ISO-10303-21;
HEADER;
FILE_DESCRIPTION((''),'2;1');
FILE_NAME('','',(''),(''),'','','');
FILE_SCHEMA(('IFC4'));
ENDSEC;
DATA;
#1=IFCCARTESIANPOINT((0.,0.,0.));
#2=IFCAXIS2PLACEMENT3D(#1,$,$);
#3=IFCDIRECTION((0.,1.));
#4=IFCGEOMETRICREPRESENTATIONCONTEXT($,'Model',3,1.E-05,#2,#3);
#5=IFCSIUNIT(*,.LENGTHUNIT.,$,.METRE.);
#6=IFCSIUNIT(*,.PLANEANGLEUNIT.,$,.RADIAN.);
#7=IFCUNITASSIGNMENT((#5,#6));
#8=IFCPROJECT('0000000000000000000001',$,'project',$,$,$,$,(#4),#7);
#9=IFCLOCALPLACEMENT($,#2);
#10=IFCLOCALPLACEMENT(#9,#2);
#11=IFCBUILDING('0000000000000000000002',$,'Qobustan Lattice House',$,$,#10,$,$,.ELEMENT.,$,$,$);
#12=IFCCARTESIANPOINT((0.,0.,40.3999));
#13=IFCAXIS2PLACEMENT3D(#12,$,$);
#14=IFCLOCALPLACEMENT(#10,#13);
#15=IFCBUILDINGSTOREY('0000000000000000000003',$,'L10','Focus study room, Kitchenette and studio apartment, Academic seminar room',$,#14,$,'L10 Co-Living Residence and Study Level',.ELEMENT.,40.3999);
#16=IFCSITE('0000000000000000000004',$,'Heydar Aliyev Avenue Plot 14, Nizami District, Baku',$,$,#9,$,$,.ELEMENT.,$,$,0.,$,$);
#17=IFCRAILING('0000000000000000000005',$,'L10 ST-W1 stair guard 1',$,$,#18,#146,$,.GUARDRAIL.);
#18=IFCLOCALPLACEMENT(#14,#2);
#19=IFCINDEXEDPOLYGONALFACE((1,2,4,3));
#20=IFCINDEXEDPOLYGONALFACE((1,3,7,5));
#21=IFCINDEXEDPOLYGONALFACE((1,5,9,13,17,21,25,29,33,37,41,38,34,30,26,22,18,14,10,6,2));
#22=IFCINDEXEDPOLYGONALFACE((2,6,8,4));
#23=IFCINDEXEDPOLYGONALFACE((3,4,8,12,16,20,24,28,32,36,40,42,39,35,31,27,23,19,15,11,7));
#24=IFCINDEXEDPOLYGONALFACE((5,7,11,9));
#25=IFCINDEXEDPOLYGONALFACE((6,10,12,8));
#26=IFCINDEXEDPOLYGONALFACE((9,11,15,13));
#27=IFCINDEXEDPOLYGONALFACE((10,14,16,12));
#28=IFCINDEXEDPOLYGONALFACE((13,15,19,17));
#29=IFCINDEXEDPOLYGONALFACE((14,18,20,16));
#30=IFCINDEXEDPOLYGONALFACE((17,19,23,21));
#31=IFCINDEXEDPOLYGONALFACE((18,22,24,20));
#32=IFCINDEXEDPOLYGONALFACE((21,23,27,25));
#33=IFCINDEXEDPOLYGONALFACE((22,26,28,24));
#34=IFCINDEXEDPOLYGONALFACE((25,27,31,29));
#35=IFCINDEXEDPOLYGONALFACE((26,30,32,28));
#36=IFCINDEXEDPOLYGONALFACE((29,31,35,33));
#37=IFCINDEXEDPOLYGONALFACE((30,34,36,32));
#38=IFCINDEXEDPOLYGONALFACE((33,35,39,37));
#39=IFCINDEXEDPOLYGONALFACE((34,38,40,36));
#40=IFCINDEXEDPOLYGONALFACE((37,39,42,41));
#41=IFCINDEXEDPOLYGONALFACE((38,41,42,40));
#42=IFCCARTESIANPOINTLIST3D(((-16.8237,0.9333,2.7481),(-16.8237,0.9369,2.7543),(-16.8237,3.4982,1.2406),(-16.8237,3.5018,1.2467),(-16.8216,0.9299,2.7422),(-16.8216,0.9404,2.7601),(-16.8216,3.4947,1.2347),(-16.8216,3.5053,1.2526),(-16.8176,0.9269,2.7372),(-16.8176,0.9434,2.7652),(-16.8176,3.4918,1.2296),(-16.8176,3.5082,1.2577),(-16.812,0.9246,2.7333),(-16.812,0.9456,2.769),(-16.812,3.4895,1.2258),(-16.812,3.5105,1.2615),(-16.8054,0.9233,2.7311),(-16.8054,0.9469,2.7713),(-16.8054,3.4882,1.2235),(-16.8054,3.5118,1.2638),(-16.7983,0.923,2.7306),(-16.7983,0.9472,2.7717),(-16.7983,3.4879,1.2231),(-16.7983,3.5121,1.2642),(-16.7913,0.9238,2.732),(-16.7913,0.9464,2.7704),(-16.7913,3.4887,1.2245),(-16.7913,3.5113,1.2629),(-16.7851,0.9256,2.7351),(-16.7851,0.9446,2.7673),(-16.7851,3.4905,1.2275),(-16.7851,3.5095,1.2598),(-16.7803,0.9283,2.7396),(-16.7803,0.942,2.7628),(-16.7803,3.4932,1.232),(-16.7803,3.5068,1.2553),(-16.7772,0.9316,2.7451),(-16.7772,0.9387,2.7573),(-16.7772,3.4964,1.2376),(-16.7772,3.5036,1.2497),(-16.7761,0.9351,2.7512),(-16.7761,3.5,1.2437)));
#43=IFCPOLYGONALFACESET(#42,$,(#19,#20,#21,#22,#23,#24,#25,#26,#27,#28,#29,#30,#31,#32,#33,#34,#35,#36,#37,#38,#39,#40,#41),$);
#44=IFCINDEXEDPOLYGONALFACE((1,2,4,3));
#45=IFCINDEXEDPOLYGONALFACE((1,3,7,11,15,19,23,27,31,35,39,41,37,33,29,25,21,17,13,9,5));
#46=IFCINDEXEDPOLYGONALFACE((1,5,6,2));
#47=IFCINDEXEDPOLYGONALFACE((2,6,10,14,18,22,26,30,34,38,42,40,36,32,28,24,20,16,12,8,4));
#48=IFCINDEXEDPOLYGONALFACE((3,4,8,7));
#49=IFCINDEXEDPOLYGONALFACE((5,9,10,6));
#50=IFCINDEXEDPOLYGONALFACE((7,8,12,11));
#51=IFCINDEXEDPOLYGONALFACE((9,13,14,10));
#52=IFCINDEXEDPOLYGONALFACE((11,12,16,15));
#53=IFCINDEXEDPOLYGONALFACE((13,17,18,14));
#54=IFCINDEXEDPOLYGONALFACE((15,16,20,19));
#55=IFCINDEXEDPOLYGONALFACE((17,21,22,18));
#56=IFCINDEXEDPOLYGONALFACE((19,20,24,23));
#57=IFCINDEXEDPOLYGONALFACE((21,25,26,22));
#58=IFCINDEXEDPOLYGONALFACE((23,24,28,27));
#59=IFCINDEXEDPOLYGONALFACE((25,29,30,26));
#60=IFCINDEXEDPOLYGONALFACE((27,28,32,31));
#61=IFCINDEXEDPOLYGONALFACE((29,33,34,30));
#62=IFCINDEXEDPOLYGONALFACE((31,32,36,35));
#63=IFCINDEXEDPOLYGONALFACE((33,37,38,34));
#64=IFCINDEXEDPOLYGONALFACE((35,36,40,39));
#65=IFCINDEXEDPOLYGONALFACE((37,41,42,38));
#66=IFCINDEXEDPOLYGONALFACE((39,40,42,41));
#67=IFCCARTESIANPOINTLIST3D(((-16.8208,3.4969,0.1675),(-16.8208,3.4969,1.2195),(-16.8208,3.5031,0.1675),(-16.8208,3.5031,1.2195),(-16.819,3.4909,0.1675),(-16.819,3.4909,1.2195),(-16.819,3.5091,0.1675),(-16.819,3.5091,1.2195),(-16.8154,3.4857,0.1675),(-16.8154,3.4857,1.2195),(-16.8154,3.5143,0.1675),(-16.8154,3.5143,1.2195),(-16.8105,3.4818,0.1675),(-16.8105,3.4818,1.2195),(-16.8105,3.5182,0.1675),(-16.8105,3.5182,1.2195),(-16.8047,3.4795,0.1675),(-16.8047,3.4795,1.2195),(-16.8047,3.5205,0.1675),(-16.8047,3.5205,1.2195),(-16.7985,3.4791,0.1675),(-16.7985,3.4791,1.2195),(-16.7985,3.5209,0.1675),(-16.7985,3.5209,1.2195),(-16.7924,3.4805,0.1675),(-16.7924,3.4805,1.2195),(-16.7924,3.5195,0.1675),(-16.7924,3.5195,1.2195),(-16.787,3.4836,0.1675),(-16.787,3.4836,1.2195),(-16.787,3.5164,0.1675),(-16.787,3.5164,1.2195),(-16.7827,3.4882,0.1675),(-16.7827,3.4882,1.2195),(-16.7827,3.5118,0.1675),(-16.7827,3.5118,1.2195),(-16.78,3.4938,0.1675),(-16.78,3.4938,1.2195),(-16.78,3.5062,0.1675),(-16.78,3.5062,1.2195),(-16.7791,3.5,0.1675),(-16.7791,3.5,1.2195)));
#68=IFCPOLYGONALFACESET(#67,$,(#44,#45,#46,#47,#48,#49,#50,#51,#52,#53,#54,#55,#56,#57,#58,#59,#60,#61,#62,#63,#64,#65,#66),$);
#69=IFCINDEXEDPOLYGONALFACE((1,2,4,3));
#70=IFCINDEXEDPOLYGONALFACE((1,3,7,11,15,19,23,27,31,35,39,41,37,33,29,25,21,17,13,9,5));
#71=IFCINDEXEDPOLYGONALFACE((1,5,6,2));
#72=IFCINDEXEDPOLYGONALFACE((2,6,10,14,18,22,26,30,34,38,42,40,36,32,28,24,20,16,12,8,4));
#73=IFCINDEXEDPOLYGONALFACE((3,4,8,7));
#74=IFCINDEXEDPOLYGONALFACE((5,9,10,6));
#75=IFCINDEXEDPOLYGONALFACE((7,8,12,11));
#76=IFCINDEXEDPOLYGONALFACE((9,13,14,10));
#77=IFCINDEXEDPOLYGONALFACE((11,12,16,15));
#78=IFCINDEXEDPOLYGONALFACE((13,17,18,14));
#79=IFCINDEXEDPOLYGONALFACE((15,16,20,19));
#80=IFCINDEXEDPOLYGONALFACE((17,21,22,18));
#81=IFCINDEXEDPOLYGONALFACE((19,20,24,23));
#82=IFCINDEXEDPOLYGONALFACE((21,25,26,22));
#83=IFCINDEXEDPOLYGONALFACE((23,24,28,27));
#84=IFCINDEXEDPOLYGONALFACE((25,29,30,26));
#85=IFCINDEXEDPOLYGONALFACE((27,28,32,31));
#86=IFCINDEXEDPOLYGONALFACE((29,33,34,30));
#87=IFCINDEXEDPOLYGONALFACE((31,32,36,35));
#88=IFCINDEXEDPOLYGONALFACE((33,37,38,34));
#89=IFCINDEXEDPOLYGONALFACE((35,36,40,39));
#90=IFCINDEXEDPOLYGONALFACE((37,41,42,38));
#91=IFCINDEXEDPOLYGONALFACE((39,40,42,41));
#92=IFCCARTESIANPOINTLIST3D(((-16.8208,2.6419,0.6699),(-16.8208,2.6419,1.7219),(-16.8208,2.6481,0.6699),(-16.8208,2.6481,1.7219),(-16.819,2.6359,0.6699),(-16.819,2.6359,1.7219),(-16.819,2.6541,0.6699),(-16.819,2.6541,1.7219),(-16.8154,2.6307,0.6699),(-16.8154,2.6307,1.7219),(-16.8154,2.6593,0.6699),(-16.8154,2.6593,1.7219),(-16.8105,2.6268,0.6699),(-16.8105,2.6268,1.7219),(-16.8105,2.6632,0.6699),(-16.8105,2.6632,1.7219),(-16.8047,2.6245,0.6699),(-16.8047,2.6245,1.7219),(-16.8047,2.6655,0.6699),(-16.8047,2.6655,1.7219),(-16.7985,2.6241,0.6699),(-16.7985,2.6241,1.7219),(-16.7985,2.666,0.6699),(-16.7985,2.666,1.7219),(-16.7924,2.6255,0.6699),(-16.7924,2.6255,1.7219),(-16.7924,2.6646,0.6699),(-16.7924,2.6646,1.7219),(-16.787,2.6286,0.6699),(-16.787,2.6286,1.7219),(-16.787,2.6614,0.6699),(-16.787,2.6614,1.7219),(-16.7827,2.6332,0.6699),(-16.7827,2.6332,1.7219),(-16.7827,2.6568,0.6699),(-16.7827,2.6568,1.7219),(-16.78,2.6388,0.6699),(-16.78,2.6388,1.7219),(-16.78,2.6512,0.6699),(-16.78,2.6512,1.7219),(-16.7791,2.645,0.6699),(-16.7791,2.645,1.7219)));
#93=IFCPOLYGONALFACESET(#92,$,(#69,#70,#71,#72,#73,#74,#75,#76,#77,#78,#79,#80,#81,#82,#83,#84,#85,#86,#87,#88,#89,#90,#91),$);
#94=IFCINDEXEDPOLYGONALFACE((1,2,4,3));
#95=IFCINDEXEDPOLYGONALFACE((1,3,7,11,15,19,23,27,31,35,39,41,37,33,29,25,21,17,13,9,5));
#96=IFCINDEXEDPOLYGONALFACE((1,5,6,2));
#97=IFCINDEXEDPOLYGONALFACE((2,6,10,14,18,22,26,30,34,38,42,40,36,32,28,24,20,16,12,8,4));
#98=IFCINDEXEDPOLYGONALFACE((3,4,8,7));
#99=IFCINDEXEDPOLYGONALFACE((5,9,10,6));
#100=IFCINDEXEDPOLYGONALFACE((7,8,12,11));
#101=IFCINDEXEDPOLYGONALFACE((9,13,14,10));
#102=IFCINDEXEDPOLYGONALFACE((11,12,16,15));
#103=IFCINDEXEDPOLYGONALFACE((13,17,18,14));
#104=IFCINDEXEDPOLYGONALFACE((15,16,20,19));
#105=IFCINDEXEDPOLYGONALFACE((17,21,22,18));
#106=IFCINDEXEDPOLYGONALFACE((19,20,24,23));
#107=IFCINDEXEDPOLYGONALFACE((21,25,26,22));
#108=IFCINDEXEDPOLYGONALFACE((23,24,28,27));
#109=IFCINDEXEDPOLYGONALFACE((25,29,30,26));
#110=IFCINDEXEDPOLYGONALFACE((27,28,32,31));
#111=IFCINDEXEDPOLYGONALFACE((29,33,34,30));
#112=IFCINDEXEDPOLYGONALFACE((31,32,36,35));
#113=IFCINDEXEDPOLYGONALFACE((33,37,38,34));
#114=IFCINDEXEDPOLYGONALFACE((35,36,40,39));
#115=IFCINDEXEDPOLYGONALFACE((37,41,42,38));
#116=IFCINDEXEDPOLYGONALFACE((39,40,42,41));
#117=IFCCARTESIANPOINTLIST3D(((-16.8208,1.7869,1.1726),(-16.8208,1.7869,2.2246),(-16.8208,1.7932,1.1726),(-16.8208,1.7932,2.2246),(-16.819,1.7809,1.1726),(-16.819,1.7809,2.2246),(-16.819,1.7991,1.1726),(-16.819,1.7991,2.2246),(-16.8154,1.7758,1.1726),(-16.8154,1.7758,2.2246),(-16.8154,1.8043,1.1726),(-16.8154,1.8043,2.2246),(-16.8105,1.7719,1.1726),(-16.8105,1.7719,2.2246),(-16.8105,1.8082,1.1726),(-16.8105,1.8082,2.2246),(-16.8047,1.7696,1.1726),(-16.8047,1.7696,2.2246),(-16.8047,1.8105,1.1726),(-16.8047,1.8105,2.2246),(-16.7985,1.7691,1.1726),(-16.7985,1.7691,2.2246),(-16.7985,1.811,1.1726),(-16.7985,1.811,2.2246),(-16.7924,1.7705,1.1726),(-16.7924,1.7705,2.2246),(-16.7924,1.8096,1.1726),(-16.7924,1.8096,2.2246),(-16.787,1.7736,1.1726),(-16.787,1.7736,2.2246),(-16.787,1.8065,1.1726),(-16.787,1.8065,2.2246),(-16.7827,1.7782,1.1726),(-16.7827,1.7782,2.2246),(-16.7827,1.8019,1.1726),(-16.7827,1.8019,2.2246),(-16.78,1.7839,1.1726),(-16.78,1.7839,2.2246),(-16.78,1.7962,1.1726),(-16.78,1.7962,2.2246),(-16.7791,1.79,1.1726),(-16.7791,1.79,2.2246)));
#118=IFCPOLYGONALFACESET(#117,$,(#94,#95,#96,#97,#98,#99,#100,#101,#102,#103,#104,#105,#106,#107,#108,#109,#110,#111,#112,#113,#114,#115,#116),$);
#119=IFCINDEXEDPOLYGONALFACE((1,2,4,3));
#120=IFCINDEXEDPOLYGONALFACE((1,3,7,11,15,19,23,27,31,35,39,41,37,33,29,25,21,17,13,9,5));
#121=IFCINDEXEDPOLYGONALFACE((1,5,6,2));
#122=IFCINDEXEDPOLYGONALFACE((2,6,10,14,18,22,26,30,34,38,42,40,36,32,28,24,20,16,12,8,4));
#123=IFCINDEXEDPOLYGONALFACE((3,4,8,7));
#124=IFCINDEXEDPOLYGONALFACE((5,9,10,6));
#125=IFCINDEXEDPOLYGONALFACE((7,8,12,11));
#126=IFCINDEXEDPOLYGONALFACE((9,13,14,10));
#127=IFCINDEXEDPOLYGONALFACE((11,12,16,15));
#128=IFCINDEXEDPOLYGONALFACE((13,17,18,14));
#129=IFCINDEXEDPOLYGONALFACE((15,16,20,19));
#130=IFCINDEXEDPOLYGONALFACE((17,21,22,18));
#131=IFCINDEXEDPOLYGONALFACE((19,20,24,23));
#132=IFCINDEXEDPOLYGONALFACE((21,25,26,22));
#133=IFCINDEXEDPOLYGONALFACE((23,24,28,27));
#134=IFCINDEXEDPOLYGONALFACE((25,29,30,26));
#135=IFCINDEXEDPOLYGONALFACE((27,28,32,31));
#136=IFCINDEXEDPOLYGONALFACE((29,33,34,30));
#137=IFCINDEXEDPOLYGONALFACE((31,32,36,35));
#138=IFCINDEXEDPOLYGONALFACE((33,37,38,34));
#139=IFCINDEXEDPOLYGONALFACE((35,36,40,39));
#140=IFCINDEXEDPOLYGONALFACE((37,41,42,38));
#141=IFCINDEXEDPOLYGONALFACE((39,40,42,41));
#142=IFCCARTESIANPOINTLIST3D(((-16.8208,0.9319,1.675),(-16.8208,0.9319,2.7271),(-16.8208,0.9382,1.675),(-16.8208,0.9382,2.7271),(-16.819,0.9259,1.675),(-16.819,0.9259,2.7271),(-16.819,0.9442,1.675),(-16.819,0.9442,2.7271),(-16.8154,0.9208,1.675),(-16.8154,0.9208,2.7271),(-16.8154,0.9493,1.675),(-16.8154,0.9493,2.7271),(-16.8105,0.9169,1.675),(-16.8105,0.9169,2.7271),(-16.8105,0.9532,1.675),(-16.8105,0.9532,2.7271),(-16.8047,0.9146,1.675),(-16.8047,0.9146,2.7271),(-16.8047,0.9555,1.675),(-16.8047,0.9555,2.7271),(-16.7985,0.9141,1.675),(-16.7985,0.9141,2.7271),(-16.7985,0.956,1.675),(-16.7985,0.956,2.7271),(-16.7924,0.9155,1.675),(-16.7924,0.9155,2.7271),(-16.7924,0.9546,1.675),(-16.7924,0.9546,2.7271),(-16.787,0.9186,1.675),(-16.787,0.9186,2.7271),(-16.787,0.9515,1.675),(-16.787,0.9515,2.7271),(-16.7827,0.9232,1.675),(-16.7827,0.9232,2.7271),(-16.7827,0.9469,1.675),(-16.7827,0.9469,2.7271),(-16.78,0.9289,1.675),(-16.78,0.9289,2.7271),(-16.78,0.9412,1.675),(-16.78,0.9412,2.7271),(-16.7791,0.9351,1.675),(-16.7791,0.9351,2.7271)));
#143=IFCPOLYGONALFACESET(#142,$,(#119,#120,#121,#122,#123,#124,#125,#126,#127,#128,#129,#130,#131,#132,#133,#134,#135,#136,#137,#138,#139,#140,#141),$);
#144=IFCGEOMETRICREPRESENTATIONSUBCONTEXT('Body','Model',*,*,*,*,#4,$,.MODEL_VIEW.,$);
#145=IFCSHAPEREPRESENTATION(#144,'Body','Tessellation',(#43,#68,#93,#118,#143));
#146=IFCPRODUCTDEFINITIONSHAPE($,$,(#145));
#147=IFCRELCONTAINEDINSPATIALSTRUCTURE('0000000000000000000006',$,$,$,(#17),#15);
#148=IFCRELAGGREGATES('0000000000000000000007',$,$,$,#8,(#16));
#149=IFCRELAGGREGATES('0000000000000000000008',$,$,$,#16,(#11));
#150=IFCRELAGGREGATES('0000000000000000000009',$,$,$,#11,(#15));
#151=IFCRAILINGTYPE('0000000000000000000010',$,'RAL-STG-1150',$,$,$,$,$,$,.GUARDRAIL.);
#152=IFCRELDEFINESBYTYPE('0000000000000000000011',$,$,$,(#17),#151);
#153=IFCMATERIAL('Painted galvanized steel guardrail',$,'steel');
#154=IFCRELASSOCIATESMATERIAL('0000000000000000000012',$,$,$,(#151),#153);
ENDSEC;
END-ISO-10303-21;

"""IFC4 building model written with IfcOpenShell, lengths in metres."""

from ifc_helpers import new_model, si_unit, direction, frame, origin, origin_2d, place, context, subcontext, project, spatial, circle, extrude, material, type_object, element, save


model = new_model("IFC4")

# Units and contexts
model_context = context("Model", 3, precision=1e-05, world=origin(), true_north=direction((0.0, 1.0)))
body_context = subcontext(model_context, "Body", "Model", "MODEL_VIEW")
ifc_project = project(units=[si_unit("LENGTHUNIT", "METRE"), si_unit("PLANEANGLEUNIT", "RADIAN")], contexts=[model_context])

# Site, building, storey
site_placement = place(None, origin())
site = spatial("IfcSite", under=ifc_project, at=site_placement, Name="Heydar Aliyev Avenue Plot 14, Nizami District, Baku", CompositionType="ELEMENT", RefElevation=0.0)
building_placement = place(site_placement, origin())
building = spatial("IfcBuilding", under=site, at=building_placement, Name="Qobustan Lattice House", CompositionType="ELEMENT")
storey_placement = place(building_placement, frame((0.0, 0.0, 40.3999)))
storey = spatial("IfcBuildingStorey", under=building, at=storey_placement, Name="L10", Description="Focus study room, Kitchenette and studio apartment, Academic seminar room", LongName="L10 Co-Living Residence and Study Level", CompositionType="ELEMENT", Elevation=40.3999)

# Railing
ifc_material_1 = material(Name="Painted galvanized steel guardrail", Category="steel")
railing_type_1 = type_object("IfcRailingType", Name="RAL-STG-1150", PredefinedType="GUARDRAIL", material=ifc_material_1)
railing_1_placement = place(storey_placement, frame((-16.8, 3.5, 0.1675)))
element("IfcRailing", 1, at=railing_1_placement, inside=storey, type_object=railing_type_1, Name="L10 ST-W1 stair guard 1", PredefinedType="GUARDRAIL", context=body_context, shape_type="SweptSolid", body=[
    extrude(circle(Radius=0.0239, at=origin_2d()), frame((0.0, 0.0, 1.0762), z_axis=(0.0, -0.862113, 0.506715), x_axis=(1.0, 0.0, 0.0)), (0.0, 0.0, 1.0), 2.9751),
    extrude(circle(Radius=0.021, at=origin_2d()), origin(), (0.0, 0.0, 1.0), 1.052),
    extrude(circle(Radius=0.021, at=origin_2d()), frame((0.0, -0.855, 0.5024)), (0.0, 0.0, 1.0), 1.052),
    extrude(circle(Radius=0.021, at=origin_2d()), frame((0.0, -1.71, 1.0051)), (0.0, 0.0, 1.0), 1.052),
    extrude(circle(Radius=0.021, at=origin_2d()), frame((0.0, -2.5649, 1.5076)), (0.0, 0.0, 1.0), 1.052),
])

save(model, "model.ifc")
